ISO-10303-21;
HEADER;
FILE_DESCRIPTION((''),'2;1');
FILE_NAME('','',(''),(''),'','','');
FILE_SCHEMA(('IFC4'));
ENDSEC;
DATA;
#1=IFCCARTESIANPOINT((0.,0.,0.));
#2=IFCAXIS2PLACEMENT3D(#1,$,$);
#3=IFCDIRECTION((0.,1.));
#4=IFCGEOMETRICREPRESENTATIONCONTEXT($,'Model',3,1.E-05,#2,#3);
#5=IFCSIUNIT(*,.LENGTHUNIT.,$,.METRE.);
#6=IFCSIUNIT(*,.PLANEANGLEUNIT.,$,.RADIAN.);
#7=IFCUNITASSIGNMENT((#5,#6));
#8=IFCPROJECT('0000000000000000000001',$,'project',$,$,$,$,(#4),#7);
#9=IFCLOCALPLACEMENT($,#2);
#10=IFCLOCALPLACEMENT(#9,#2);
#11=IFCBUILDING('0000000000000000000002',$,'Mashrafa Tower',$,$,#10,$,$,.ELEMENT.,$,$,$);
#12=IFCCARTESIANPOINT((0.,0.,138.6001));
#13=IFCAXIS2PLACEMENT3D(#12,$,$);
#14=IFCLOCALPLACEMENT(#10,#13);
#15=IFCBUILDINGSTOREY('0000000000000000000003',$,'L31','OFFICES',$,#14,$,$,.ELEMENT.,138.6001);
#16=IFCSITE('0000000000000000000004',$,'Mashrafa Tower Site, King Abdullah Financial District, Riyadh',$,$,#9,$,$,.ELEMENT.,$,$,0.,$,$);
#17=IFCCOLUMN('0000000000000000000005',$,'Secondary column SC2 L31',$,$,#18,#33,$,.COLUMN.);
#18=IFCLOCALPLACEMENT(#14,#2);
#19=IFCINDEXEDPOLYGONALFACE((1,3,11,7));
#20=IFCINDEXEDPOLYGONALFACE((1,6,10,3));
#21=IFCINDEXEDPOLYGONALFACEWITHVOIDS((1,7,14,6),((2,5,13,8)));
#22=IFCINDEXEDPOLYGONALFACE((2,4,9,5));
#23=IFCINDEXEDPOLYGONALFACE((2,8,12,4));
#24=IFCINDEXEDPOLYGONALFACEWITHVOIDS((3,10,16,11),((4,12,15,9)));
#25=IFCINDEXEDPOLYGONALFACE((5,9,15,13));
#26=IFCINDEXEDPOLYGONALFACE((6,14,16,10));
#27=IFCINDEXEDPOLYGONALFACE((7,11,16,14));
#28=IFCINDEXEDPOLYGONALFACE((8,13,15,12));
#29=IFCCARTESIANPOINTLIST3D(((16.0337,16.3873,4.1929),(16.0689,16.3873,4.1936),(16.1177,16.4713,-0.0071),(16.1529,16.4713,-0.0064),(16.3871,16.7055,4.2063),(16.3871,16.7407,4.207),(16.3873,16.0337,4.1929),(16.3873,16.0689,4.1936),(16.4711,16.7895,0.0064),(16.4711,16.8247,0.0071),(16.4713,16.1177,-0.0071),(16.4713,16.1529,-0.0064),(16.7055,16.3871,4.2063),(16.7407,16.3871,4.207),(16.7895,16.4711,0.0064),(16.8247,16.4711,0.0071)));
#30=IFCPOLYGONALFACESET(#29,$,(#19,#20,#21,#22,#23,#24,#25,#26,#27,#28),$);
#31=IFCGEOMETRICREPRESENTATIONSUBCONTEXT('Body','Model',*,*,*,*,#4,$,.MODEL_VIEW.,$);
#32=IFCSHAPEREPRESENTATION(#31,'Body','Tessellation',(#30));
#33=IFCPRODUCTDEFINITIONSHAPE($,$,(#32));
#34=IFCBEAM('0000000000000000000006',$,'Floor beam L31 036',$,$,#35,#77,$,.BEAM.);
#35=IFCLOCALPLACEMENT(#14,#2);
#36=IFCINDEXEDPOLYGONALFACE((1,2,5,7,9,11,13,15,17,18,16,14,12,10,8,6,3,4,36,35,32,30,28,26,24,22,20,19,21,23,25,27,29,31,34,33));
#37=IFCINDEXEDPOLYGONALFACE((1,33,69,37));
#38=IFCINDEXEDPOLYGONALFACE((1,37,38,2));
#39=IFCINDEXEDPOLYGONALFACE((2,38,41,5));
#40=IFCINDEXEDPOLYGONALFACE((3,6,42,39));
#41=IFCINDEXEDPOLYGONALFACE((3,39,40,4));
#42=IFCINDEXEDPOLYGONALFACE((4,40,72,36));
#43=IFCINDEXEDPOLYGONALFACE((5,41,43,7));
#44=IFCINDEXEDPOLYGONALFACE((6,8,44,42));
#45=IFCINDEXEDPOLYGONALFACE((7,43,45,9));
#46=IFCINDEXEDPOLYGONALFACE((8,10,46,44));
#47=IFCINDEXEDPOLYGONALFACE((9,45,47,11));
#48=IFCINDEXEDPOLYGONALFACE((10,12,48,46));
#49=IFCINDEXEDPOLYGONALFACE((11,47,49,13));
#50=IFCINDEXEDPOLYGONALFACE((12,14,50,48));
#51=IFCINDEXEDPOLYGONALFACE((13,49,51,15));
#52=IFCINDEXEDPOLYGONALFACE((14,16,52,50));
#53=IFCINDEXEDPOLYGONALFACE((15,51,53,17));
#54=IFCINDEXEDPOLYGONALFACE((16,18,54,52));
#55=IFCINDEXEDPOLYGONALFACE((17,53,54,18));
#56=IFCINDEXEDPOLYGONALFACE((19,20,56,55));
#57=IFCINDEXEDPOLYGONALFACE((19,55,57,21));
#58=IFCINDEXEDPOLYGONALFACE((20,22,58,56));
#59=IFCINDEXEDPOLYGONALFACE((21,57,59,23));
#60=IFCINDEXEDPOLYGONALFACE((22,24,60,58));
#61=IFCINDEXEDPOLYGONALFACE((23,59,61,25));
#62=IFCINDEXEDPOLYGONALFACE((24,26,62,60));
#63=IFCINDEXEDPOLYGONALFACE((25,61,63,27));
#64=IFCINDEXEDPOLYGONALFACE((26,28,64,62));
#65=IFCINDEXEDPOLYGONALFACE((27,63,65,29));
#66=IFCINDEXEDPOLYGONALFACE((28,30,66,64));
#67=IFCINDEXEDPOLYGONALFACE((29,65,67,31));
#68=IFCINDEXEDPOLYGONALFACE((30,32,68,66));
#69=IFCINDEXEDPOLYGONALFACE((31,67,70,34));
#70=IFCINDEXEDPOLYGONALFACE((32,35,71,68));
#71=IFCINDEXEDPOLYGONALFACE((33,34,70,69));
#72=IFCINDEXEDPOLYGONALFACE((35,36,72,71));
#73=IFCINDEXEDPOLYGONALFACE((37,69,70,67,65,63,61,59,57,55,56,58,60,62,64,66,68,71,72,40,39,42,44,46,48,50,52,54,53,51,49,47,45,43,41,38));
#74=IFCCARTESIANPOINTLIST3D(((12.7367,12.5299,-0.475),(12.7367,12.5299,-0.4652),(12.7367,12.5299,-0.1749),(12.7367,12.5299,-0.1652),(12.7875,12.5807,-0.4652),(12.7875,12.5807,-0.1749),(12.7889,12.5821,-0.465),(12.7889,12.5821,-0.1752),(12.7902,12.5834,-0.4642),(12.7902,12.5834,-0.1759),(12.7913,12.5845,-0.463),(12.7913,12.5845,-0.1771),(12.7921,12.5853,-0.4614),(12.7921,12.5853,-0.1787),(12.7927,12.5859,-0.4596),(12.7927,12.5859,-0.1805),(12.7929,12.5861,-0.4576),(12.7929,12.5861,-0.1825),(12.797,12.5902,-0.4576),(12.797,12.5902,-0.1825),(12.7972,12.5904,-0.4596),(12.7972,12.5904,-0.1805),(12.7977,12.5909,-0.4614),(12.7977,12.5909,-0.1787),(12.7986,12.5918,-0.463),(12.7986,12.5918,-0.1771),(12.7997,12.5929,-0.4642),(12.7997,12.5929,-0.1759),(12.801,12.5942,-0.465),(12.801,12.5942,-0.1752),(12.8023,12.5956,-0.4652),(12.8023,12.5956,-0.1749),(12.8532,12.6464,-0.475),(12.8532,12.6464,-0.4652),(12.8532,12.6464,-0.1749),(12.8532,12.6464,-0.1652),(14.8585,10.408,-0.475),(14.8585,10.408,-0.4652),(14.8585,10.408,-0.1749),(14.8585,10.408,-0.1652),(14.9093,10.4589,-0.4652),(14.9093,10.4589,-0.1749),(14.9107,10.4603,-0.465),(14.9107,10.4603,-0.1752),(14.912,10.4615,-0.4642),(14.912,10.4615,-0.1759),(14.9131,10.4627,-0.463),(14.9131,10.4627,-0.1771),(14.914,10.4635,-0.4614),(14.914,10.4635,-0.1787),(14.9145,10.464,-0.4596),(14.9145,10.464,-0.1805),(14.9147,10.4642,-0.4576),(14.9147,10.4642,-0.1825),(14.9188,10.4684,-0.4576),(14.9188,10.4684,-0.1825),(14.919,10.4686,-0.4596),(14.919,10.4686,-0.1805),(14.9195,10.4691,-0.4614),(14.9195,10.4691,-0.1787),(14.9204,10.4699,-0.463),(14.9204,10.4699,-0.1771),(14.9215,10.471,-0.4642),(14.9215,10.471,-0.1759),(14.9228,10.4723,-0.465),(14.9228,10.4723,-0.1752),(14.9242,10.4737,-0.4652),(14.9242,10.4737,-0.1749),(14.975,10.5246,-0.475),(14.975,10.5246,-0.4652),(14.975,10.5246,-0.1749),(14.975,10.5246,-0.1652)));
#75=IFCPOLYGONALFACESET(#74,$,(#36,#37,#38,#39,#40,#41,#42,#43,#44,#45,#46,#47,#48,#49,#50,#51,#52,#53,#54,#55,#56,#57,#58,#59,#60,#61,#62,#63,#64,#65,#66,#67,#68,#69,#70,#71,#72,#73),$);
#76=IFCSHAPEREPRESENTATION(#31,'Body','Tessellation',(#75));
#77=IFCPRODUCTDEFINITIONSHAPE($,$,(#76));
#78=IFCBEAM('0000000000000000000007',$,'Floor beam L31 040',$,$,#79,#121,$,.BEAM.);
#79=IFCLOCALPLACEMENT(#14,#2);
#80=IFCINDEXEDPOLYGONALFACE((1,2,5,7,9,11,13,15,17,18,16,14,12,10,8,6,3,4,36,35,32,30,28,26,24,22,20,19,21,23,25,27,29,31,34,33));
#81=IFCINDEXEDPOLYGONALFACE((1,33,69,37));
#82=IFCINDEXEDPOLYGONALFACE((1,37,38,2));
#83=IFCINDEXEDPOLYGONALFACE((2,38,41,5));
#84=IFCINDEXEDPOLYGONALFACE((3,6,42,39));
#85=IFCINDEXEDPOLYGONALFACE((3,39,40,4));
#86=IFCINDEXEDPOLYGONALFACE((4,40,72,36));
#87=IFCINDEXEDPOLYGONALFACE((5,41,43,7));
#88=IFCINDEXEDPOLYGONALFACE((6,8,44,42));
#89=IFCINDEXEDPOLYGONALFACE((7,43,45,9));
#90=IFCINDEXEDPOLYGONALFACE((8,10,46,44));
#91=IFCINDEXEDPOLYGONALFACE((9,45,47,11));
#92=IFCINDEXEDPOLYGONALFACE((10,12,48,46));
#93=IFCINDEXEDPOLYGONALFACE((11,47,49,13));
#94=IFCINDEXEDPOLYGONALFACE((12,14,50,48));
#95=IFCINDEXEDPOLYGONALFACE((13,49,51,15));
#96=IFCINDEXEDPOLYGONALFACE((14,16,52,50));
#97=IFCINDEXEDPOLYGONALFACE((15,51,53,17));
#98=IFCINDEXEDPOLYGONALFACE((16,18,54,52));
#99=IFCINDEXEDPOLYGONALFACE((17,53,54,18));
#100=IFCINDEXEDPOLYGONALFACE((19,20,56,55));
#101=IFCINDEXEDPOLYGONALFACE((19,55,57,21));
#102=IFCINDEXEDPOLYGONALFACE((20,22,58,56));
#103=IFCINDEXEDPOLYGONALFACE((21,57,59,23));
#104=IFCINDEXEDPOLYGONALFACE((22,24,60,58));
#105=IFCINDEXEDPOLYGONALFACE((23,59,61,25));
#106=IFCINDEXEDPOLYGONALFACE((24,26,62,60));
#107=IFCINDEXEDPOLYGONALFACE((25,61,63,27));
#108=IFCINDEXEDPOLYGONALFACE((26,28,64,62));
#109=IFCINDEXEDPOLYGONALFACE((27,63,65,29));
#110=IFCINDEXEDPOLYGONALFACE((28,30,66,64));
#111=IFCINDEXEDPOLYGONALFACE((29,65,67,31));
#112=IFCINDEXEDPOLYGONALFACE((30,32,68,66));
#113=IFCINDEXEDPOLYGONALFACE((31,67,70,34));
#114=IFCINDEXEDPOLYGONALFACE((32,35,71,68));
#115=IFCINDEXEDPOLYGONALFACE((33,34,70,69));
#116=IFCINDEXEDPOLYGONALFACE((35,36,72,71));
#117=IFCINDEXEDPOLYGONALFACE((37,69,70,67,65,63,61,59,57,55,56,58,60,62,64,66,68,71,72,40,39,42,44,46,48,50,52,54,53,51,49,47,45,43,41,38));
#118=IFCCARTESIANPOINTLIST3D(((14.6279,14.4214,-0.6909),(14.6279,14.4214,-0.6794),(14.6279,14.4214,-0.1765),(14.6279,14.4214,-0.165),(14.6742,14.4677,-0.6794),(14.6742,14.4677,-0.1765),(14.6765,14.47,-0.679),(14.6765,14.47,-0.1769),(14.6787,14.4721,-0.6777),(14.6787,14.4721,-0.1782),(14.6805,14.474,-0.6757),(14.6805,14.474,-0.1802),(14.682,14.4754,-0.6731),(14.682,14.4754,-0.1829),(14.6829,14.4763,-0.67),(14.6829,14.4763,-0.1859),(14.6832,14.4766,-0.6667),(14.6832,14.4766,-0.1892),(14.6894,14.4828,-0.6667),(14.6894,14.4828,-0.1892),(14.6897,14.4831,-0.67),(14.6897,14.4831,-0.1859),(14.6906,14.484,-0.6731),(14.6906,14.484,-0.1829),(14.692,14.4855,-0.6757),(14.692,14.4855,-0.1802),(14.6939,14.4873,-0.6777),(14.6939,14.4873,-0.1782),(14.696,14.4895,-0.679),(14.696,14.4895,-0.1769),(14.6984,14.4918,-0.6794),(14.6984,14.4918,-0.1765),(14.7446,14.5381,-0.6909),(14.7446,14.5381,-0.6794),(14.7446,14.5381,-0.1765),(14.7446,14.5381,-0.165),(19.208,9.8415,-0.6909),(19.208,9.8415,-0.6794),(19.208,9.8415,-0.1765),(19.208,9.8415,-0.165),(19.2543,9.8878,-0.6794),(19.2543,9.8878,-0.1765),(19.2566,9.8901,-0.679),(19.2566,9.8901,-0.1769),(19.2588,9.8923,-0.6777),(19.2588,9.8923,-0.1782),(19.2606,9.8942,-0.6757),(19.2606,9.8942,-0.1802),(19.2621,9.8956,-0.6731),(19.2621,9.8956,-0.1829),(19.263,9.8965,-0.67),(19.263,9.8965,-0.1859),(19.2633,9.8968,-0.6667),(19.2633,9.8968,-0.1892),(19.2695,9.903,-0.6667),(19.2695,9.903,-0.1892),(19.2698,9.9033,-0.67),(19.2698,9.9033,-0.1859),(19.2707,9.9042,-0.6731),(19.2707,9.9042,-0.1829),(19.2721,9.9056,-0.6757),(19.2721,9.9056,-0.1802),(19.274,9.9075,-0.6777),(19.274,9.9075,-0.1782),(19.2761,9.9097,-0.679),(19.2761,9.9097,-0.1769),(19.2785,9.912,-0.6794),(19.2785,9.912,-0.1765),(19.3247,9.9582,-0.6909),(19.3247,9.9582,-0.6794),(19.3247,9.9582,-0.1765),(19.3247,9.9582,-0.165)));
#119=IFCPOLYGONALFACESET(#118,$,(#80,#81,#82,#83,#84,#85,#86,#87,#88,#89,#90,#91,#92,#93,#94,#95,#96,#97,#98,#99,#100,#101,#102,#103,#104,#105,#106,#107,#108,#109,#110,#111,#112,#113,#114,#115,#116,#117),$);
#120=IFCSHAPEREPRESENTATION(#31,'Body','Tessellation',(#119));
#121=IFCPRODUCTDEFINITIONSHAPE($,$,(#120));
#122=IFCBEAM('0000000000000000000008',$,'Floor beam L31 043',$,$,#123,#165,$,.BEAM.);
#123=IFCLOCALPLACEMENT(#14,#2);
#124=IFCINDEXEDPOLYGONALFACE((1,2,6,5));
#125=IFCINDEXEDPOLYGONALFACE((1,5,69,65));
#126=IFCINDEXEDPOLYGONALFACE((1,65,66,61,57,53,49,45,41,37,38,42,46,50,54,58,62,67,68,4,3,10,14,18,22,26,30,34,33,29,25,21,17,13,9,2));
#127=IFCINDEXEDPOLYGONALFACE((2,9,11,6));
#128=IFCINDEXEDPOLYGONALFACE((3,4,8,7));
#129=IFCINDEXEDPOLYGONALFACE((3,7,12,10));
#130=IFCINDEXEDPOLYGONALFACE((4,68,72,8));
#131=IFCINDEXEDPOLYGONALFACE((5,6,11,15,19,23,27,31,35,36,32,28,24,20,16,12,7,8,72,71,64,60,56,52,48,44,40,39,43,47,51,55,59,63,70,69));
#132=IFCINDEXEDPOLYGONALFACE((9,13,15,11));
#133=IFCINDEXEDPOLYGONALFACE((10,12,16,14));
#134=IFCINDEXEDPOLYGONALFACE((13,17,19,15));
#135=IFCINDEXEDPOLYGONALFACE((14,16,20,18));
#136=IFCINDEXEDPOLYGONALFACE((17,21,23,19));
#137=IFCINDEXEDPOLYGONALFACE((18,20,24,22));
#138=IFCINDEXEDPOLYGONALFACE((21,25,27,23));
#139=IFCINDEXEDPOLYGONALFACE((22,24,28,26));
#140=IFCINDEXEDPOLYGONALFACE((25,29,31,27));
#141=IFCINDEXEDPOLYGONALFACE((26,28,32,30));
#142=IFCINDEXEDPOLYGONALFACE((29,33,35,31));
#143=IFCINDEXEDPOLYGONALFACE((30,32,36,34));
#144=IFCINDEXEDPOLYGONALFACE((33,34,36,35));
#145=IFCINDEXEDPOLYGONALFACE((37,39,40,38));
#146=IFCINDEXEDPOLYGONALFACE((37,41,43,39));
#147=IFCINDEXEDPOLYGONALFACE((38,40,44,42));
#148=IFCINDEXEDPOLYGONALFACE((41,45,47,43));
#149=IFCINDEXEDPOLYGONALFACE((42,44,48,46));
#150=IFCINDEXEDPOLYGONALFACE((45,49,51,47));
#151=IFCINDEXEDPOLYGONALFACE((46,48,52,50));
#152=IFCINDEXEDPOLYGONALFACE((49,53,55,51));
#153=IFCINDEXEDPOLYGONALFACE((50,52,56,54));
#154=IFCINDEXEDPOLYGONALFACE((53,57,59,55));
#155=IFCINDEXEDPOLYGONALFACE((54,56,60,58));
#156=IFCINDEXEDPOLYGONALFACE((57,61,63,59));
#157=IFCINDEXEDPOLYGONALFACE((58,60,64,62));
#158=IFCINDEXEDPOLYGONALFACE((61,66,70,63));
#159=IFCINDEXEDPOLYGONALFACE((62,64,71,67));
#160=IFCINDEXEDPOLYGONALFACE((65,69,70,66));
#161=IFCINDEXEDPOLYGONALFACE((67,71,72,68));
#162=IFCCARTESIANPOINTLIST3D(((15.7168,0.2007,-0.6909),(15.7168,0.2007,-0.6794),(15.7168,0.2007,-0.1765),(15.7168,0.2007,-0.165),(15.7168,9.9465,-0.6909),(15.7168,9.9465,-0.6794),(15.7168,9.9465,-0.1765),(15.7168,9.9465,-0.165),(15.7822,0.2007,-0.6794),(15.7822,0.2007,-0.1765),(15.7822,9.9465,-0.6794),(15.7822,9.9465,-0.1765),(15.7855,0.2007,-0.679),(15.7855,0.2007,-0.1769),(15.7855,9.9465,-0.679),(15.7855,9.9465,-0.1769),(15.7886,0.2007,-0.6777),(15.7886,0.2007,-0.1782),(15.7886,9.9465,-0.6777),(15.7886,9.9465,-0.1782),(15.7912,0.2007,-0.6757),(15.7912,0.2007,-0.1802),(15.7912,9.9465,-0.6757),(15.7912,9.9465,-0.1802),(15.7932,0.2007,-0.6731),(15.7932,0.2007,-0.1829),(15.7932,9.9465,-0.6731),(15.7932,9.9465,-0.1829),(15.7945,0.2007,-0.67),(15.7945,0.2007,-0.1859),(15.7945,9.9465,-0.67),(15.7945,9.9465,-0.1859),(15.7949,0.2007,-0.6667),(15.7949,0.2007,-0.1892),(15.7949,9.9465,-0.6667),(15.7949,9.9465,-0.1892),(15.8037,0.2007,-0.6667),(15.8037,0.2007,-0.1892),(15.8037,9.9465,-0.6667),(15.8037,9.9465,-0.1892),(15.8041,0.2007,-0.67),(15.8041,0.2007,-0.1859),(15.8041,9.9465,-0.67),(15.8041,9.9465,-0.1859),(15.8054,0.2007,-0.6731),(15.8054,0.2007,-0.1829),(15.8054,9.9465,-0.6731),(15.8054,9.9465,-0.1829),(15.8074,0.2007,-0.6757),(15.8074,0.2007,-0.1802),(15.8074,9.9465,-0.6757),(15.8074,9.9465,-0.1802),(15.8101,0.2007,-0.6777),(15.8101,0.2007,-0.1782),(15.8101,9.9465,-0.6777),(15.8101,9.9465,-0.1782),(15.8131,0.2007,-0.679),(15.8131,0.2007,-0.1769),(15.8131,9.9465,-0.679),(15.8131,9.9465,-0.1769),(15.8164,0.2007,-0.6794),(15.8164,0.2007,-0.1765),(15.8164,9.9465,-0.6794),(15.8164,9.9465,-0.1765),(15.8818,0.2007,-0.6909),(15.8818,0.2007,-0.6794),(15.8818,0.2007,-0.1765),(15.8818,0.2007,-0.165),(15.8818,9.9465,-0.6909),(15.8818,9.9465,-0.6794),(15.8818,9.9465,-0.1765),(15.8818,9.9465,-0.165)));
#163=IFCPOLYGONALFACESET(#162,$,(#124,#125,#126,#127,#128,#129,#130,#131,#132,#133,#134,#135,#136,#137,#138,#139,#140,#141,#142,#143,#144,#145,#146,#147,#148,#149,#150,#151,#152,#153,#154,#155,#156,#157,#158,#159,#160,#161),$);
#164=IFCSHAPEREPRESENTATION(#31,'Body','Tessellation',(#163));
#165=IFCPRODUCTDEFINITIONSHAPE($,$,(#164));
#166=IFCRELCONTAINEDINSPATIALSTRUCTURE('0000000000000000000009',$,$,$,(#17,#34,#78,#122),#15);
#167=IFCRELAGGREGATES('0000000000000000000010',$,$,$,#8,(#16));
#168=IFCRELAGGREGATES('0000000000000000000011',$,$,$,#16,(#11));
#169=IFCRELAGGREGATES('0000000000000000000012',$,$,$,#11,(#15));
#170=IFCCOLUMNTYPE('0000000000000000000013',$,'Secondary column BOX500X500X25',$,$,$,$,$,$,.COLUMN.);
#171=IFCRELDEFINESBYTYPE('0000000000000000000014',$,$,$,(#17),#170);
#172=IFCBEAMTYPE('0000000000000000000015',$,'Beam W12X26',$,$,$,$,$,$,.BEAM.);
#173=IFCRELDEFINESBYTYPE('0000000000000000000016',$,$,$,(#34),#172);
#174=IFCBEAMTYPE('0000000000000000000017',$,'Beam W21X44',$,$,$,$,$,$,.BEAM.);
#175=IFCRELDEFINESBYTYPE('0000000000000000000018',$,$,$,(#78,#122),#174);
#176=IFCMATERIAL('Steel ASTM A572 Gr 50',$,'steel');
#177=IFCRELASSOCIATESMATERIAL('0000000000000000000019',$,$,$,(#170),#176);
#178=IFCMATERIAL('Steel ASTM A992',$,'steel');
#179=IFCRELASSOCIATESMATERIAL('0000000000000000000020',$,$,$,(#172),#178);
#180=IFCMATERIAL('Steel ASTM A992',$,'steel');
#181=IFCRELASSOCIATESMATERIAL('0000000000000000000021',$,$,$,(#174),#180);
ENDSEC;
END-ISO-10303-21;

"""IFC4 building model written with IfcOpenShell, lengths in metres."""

from ifc_helpers import new_model, si_unit, direction, frame, origin, origin_2d, place, context, subcontext, project, spatial, hollow_rectangle, i_section, extrude, material, material_profile, profile_set, type_object, element, save


model = new_model("IFC4")

# Units and contexts
model_context = context("Model", 3, precision=1e-05, world=origin(), true_north=direction((0.0, 1.0)))
body_context = subcontext(model_context, "Body", "Model", "MODEL_VIEW")
ifc_project = project(units=[si_unit("LENGTHUNIT", "METRE"), si_unit("PLANEANGLEUNIT", "RADIAN")], contexts=[model_context])

# Site, building, storey
site_placement = place(None, origin())
site = spatial("IfcSite", under=ifc_project, at=site_placement, Name="Mashrafa Tower Site, King Abdullah Financial District, Riyadh", CompositionType="ELEMENT", RefElevation=0.0)
building_placement = place(site_placement, origin())
building = spatial("IfcBuilding", under=site, at=building_placement, Name="Mashrafa Tower", CompositionType="ELEMENT")
storey_placement = place(building_placement, frame((0.0, 0.0, 138.6001)))
storey = spatial("IfcBuildingStorey", under=building, at=storey_placement, Name="L31", Description="OFFICES", CompositionType="ELEMENT", Elevation=138.6001)

# Column
ifc_material_1 = material(Name="Steel ASTM A572 Gr 50", Category="steel")
ifc_material_profile_1 = material_profile(ifc_material_1, hollow_rectangle(XDim=0.5, YDim=0.5, WallThickness=0.0249, at=origin_2d()), Name="BOX500X500X25")
ifc_profile_set_1 = profile_set([ifc_material_profile_1], Name="Steel ASTM A572 Gr 50")
column_type = type_object("IfcColumnType", Name="Secondary column BOX500X500X25", PredefinedType="COLUMN", material=ifc_profile_set_1)
column_placement = place(storey_placement, frame((16.4712, 16.4712, 0.0), z_axis=(-0.019989, -0.019989, 0.9996), x_axis=(0.707107, -0.707107, 0.0)))
element("IfcColumn", 1, at=column_placement, inside=storey, type_object=column_type, Name="Secondary column SC2 L31", PredefinedType="COLUMN", context=body_context, shape_type="SweptSolid", body=[
    extrude(hollow_rectangle(XDim=0.5, YDim=0.5, WallThickness=0.0249, at=origin_2d()), origin(), (0.0, 0.0, 1.0), 4.2017),
])

# Beams
ifc_material_2 = material(Name="Steel ASTM A992", Category="steel")
ifc_material_profile_2 = material_profile(ifc_material_2, i_section(OverallWidth=0.1648, OverallDepth=0.3098, WebThickness=0.0059, FlangeThickness=0.0098, FilletRadius=0.0076, at=origin_2d()), Name="W12X26")
ifc_profile_set_2 = profile_set([ifc_material_profile_2], Name="Steel ASTM A992")
beam_type_1 = type_object("IfcBeamType", Name="Beam W12X26", PredefinedType="BEAM", material=ifc_profile_set_2)
beam_1_placement = place(storey_placement, frame((12.7949, 12.5881, -0.3201), z_axis=(0.707107, -0.707107, 0.0), x_axis=(0.707107, 0.707107, 0.0)))
element("IfcBeam", 2, at=beam_1_placement, inside=storey, type_object=beam_type_1, Name="Floor beam L31 036", PredefinedType="BEAM", context=body_context, shape_type="SweptSolid", body=[
    extrude(i_section(OverallWidth=0.1648, OverallDepth=0.3098, WebThickness=0.0059, FlangeThickness=0.0098, FilletRadius=0.0076, at=origin_2d()), origin(), (0.0, 0.0, 1.0), 3.0007),
])
ifc_material_3 = material(Name="Steel ASTM A992", Category="steel")
ifc_material_profile_3 = material_profile(ifc_material_3, i_section(OverallWidth=0.165, OverallDepth=0.5259, WebThickness=0.0088, FlangeThickness=0.0115, FilletRadius=0.0127, at=origin_2d()), Name="W21X44")
ifc_profile_set_3 = profile_set([ifc_material_profile_3], Name="Steel ASTM A992")
beam_type_2 = type_object("IfcBeamType", Name="Beam W21X44", PredefinedType="BEAM", material=ifc_profile_set_3)
beam_2_placement = place(storey_placement, frame((14.6863, 14.4797, -0.428), z_axis=(0.707126, -0.707088, 0.0), x_axis=(0.707088, 0.707126, 0.0)))
element("IfcBeam", 3, at=beam_2_placement, inside=storey, type_object=beam_type_2, Name="Floor beam L31 040", PredefinedType="BEAM", context=body_context, shape_type="SweptSolid", body=[
    extrude(i_section(OverallWidth=0.165, OverallDepth=0.5259, WebThickness=0.0088, FlangeThickness=0.0115, FilletRadius=0.0127, at=origin_2d()), origin(), (0.0, 0.0, 1.0), 6.4771),
])
beam_3_placement = place(storey_placement, frame((15.7993, 9.9465, -0.428), z_axis=(0.0, -1.0, 0.0), x_axis=(1.0, 0.0, 0.0)))
element("IfcBeam", 4, at=beam_3_placement, inside=storey, type_object=beam_type_2, Name="Floor beam L31 043", PredefinedType="BEAM", context=body_context, shape_type="SweptSolid", body=[
    extrude(i_section(OverallWidth=0.165, OverallDepth=0.5259, WebThickness=0.0088, FlangeThickness=0.0115, FilletRadius=0.0127, at=origin_2d()), origin(), (0.0, 0.0, 1.0), 9.7458),
])

save(model, "model.ifc")
